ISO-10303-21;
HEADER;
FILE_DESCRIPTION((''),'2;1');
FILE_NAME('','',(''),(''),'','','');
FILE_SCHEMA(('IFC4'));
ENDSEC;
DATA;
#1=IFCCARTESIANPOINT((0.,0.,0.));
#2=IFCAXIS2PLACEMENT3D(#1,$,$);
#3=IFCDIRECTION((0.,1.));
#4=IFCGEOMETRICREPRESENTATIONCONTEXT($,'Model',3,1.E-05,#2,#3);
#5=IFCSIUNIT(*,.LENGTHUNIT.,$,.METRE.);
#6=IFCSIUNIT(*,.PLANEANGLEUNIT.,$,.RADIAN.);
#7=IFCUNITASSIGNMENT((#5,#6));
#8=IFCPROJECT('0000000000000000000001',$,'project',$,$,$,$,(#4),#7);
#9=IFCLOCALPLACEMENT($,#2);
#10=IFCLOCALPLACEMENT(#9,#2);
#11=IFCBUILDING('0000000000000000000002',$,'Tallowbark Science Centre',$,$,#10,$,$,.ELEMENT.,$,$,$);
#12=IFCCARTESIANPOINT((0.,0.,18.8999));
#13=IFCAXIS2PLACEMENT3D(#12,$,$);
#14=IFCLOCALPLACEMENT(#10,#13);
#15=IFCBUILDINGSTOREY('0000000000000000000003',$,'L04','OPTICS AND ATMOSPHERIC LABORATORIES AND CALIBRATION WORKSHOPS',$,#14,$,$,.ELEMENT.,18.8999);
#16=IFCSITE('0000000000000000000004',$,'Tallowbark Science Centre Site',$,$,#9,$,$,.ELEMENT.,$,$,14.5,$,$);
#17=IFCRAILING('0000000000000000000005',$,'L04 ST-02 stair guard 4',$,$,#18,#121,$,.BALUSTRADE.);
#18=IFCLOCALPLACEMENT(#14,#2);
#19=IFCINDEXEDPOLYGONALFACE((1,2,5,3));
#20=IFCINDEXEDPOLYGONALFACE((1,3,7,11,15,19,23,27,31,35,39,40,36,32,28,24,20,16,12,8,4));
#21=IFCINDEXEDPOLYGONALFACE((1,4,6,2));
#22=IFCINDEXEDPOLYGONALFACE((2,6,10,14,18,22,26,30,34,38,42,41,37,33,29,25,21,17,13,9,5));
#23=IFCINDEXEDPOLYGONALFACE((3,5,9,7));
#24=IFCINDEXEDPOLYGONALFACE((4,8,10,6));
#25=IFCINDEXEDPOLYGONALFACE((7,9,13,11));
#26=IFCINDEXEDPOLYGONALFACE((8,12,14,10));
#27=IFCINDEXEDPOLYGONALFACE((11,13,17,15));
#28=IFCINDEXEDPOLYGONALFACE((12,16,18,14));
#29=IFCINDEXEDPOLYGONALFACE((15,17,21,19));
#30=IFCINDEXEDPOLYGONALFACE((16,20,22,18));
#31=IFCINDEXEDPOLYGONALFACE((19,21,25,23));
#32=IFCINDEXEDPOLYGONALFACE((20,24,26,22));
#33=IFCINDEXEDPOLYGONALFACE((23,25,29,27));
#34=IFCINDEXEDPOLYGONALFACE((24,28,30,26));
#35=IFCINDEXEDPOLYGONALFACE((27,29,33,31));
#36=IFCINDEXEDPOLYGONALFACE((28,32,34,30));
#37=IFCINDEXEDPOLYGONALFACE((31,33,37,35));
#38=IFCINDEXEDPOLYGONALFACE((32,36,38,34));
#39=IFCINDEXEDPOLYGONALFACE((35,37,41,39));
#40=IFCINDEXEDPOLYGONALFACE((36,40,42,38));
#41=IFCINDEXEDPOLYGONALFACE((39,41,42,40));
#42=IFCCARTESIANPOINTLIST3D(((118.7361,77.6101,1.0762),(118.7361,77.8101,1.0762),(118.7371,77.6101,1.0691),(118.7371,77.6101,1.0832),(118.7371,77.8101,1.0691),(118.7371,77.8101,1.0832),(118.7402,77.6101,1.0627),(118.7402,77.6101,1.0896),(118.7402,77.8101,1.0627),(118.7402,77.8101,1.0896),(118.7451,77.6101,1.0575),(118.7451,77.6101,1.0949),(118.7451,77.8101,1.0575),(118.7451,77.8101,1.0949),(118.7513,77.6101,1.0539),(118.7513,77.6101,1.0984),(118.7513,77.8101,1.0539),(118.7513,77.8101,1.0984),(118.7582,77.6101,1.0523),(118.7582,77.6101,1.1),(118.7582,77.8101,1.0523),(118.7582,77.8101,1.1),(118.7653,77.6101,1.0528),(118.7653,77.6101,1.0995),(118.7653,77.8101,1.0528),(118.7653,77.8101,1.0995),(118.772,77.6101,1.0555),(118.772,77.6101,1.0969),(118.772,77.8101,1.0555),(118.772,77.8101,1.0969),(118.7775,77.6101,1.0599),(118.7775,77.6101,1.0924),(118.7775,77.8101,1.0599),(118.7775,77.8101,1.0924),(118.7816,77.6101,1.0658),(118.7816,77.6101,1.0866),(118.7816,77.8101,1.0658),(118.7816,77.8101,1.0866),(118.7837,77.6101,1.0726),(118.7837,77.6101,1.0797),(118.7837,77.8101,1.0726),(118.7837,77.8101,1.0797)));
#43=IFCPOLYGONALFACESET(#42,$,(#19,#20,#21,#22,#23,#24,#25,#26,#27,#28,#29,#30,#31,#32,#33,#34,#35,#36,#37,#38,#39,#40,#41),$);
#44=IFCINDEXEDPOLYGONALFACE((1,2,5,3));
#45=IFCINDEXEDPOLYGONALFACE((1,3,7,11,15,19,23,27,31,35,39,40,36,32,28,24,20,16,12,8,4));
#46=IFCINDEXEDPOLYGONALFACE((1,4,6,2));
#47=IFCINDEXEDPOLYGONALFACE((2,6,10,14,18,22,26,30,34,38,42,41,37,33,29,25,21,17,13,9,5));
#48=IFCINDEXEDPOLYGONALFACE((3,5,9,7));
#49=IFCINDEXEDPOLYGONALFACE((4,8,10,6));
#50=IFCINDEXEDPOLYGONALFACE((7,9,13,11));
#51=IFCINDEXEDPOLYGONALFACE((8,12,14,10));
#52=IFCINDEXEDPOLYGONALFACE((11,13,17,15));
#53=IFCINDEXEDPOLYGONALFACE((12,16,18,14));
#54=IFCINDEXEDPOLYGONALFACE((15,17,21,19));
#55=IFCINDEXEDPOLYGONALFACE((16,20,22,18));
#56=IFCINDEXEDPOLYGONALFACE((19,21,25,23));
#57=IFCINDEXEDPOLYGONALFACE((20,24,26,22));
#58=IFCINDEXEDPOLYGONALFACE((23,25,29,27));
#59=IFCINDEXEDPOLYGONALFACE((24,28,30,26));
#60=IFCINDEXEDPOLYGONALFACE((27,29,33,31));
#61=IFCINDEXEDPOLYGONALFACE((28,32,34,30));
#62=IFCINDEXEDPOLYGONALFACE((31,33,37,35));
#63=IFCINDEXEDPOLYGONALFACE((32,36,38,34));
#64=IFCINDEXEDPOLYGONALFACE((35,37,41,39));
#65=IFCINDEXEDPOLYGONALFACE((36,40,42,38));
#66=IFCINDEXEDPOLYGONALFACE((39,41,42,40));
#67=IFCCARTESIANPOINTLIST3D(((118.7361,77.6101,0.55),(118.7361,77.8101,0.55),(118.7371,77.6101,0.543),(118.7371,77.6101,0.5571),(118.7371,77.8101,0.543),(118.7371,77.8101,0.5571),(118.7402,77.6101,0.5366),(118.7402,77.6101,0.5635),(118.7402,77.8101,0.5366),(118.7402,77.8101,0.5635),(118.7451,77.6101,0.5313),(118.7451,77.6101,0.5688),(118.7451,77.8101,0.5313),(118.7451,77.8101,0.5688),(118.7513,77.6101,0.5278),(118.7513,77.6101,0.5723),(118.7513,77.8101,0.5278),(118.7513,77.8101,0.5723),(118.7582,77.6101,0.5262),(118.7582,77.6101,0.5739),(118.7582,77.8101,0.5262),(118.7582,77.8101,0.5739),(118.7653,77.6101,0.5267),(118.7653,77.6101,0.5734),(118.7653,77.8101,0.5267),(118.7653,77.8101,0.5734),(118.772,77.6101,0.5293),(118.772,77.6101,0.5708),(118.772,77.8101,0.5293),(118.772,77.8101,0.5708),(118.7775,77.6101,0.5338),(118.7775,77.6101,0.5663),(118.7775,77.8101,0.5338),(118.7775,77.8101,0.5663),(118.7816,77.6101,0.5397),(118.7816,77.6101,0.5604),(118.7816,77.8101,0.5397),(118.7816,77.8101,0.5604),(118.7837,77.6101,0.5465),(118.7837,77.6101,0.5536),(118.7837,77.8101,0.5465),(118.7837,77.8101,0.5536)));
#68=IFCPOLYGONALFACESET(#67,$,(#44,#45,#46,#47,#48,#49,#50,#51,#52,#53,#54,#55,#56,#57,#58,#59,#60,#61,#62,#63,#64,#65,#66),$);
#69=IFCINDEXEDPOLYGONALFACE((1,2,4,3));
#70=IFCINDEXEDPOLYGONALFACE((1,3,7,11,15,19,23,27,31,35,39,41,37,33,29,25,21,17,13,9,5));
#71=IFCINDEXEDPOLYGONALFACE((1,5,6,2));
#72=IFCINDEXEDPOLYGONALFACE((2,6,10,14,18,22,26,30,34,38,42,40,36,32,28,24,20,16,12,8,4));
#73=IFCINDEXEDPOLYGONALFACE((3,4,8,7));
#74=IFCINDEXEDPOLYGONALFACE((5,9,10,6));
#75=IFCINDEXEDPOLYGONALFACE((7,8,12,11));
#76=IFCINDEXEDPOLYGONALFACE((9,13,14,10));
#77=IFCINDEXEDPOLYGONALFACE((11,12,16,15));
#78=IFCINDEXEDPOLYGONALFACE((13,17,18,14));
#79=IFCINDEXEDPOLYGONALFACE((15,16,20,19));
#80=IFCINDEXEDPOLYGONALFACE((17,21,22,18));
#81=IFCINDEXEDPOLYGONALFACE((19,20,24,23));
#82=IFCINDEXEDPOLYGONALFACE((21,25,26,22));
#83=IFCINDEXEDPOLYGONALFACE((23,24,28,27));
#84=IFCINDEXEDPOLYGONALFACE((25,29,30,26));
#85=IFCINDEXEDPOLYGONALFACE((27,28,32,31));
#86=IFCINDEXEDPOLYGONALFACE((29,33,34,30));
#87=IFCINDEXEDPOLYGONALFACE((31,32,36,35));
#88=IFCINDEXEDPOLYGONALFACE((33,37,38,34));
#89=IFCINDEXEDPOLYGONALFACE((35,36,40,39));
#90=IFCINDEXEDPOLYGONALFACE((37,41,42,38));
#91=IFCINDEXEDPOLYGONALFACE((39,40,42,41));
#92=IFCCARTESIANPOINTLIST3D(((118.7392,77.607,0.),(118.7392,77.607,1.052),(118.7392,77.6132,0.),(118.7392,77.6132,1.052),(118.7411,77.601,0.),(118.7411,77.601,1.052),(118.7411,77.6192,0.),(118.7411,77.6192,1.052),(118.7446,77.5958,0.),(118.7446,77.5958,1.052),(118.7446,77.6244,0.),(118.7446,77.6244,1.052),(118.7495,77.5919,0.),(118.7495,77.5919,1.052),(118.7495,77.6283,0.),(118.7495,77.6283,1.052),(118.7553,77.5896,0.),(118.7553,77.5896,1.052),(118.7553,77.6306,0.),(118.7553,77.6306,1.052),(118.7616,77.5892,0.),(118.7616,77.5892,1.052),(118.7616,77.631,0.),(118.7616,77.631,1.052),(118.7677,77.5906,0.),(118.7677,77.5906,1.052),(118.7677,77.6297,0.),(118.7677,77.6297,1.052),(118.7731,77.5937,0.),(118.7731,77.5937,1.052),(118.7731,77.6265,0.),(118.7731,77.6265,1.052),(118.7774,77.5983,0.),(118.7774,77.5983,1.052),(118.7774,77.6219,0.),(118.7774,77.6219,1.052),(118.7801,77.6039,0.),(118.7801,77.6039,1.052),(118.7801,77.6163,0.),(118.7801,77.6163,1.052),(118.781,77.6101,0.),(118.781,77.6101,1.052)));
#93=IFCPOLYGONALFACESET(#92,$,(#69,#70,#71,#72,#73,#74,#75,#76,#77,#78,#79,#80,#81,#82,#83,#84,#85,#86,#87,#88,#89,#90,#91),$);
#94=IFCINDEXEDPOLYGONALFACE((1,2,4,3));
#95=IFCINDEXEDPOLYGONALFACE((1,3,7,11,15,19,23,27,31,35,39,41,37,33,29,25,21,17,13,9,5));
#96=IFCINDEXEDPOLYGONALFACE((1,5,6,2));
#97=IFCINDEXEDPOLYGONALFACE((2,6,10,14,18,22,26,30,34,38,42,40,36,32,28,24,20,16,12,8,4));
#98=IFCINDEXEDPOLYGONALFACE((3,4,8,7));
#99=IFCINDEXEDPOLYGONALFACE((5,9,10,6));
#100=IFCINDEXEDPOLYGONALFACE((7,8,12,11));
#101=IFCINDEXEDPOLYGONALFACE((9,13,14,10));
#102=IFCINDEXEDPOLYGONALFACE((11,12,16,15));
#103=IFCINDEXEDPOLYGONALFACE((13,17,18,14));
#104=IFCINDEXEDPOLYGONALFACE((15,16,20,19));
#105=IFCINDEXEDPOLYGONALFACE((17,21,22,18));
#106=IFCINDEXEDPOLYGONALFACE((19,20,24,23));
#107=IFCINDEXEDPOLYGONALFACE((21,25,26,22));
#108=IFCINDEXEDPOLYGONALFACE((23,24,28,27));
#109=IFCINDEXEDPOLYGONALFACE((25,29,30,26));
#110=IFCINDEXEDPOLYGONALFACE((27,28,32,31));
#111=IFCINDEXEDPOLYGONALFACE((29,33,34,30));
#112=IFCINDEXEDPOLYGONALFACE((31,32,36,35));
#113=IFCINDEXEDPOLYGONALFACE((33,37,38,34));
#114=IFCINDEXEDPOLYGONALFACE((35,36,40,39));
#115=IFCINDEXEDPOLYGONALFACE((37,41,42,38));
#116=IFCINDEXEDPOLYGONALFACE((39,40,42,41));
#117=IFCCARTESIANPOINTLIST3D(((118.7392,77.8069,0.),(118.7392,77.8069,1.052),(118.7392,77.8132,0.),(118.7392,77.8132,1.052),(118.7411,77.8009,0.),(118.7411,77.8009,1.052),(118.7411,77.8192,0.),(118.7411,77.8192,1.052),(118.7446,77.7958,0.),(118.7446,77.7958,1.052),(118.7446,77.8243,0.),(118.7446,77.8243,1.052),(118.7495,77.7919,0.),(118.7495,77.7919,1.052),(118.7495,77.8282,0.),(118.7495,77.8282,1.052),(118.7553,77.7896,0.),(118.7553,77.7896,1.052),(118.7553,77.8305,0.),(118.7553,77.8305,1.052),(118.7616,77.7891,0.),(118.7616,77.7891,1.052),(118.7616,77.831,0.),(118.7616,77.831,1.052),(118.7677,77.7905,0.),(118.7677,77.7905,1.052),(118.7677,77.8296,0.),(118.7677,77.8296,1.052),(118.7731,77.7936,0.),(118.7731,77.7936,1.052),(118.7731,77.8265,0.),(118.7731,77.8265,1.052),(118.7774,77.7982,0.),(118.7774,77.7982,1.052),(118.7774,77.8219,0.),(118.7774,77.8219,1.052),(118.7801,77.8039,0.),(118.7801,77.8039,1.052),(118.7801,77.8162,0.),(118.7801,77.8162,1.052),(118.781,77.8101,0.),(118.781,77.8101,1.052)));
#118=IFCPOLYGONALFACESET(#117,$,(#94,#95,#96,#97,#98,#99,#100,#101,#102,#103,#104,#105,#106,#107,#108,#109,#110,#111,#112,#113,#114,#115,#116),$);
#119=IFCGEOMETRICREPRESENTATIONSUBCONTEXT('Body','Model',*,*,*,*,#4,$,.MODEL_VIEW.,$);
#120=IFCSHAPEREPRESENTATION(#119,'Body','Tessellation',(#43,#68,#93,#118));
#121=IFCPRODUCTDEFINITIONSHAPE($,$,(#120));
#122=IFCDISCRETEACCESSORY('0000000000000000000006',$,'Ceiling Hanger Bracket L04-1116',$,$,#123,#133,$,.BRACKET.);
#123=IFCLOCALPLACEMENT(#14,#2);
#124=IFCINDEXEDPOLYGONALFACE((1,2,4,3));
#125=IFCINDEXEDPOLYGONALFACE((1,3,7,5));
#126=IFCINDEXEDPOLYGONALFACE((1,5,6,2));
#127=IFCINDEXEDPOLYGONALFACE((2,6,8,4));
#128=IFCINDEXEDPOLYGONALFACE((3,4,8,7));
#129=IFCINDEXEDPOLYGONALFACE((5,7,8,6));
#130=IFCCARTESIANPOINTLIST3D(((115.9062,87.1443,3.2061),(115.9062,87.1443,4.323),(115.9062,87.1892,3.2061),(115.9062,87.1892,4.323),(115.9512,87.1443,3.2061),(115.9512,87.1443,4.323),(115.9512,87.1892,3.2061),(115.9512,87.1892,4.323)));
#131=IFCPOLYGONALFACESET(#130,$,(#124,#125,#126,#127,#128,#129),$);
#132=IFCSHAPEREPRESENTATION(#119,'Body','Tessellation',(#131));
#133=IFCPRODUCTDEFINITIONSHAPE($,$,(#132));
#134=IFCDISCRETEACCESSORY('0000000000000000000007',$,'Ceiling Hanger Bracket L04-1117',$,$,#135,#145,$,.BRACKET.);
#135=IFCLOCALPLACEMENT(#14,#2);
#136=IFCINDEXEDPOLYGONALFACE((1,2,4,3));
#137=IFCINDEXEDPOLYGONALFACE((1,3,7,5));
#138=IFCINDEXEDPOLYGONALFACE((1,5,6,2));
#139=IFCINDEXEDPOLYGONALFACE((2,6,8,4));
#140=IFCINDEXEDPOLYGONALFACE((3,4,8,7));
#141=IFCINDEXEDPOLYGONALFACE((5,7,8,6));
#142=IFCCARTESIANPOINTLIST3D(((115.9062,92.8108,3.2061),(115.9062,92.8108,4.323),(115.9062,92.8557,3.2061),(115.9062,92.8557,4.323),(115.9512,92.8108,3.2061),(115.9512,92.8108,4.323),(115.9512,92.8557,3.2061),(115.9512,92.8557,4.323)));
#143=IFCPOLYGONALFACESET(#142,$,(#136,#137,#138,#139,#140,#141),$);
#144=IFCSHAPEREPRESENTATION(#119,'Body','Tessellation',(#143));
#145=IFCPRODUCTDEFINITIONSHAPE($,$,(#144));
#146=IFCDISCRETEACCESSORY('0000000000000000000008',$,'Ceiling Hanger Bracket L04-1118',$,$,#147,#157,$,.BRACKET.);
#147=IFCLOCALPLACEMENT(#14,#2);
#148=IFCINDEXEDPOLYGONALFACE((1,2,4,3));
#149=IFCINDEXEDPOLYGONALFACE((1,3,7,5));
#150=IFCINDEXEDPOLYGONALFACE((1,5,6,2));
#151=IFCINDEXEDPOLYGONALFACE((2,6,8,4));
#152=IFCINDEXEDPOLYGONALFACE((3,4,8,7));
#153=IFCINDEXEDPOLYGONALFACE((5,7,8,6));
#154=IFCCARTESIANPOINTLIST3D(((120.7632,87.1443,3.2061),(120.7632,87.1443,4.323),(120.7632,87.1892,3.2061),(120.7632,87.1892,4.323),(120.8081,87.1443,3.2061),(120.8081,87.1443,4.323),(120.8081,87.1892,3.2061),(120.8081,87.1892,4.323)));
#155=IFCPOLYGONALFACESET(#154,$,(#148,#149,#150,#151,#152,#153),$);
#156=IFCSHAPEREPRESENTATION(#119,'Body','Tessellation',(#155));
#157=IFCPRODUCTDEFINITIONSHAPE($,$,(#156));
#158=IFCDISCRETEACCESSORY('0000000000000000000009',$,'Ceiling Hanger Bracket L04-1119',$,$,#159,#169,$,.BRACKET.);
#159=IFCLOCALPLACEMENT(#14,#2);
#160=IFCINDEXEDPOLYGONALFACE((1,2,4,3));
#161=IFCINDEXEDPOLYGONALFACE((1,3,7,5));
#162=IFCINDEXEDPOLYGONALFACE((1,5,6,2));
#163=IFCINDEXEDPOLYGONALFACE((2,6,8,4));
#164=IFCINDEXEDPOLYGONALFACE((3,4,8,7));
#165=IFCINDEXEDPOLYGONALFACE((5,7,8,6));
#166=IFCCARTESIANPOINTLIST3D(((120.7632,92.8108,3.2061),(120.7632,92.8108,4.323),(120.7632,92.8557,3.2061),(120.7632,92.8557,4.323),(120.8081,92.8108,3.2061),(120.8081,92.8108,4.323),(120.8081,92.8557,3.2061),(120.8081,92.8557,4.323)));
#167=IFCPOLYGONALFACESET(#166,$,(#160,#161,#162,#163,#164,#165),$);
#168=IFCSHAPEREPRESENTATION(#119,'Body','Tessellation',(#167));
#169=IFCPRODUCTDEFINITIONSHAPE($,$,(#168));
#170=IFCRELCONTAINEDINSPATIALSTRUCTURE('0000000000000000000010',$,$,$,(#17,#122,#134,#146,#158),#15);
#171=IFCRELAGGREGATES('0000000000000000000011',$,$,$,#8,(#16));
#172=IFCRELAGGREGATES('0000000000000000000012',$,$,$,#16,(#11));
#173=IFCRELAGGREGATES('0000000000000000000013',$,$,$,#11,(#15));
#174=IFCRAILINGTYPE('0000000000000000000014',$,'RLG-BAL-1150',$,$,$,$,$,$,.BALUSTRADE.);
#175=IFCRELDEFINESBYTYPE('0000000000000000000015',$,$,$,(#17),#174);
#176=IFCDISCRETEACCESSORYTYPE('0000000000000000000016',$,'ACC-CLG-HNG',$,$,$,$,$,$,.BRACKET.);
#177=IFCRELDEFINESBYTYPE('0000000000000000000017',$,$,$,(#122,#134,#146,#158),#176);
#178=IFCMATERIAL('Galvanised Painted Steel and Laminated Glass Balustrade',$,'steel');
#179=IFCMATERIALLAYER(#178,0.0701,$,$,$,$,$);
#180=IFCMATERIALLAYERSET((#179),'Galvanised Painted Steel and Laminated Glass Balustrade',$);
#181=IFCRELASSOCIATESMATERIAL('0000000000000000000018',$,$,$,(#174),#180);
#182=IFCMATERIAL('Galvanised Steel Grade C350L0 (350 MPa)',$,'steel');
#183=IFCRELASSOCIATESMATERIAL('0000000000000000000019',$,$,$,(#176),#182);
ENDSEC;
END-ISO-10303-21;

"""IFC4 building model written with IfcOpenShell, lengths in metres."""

from ifc_helpers import new_model, si_unit, direction, frame, origin, origin_2d, place, context, subcontext, project, spatial, rectangle, circle, extrude, material, layer, layer_set, type_object, element, save


model = new_model("IFC4")

# Units and contexts
model_context = context("Model", 3, precision=1e-05, world=origin(), true_north=direction((0.0, 1.0)))
body_context = subcontext(model_context, "Body", "Model", "MODEL_VIEW")
ifc_project = project(units=[si_unit("LENGTHUNIT", "METRE"), si_unit("PLANEANGLEUNIT", "RADIAN")], contexts=[model_context])

# Site, building, storey
site_placement = place(None, origin())
site = spatial("IfcSite", under=ifc_project, at=site_placement, Name="Tallowbark Science Centre Site", CompositionType="ELEMENT", RefElevation=14.5)
building_placement = place(site_placement, origin())
building = spatial("IfcBuilding", under=site, at=building_placement, Name="Tallowbark Science Centre", CompositionType="ELEMENT")
storey_placement = place(building_placement, frame((0.0, 0.0, 18.8999)))
storey = spatial("IfcBuildingStorey", under=building, at=storey_placement, Name="L04", Description="OPTICS AND ATMOSPHERIC LABORATORIES AND CALIBRATION WORKSHOPS", CompositionType="ELEMENT", Elevation=18.8999)

# Railing
ifc_material_1 = material(Name="Galvanised Painted Steel and Laminated Glass Balustrade", Category="steel")
ifc_layer_1 = layer(ifc_material_1, 0.0701)
ifc_layer_set_1 = layer_set([ifc_layer_1], Name="Galvanised Painted Steel and Laminated Glass Balustrade")
railing_type = type_object("IfcRailingType", Name="RLG-BAL-1150", PredefinedType="BALUSTRADE", material=ifc_layer_set_1)
railing_1_placement = place(storey_placement, frame((118.76, 77.6101, 0.0)))
element("IfcRailing", 1, at=railing_1_placement, inside=storey, type_object=railing_type, Name="L04 ST-02 stair guard 4", PredefinedType="BALUSTRADE", context=body_context, shape_type="SweptSolid", body=[
    extrude(circle(Radius=0.0239, at=origin_2d()), frame((0.0, 0.0, 1.0762), z_axis=(0.0, 1.0, 0.0), x_axis=(-1.0, 0.0, 0.0)), (0.0, 0.0, 1.0), 0.2),
    extrude(circle(Radius=0.0239, at=origin_2d()), frame((0.0, 0.0, 0.55), z_axis=(0.0, 1.0, 0.0), x_axis=(-1.0, 0.0, 0.0)), (0.0, 0.0, 1.0), 0.2),
    extrude(circle(Radius=0.021, at=origin_2d()), origin(), (0.0, 0.0, 1.0), 1.052),
    extrude(circle(Radius=0.021, at=origin_2d()), frame((0.0, 0.2, 0.0)), (0.0, 0.0, 1.0), 1.052),
])

# Discrete accessories
ifc_material_2 = material(Name="Galvanised Steel Grade C350L0 (350 MPa)", Category="steel")
discrete_accessory_type = type_object("IfcDiscreteAccessoryType", Name="ACC-CLG-HNG", PredefinedType="BRACKET", material=ifc_material_2)
for number, where, z_axis, x_axis, name in (
    (2, (115.9287, 87.1667, 3.2061), (0.0, 0.0, 1.0), (1.0, 0.0, 0.0), "Ceiling Hanger Bracket L04-1116"),
    (3, (115.9287, 92.8333, 3.2061), (0.0, 0.0, 1.0), (1.0, 0.0, 0.0), "Ceiling Hanger Bracket L04-1117"),
    (4, (120.7856, 87.1667, 3.2061), (0.0, 0.0, 1.0), (1.0, 0.0, 0.0), "Ceiling Hanger Bracket L04-1118"),
    (5, (120.7856, 92.8333, 3.2061), (0.0, 0.0, 1.0), (1.0, 0.0, 0.0), "Ceiling Hanger Bracket L04-1119"),
):
    element("IfcDiscreteAccessory", number, at=place(storey_placement, frame(where, z_axis=z_axis, x_axis=x_axis)), inside=storey, type_object=discrete_accessory_type, Name=name, PredefinedType="BRACKET", context=body_context, shape_type="SweptSolid", body=[
        extrude(rectangle(XDim=0.0449, YDim=0.0449, at=origin_2d()), origin(), (0.0, 0.0, 1.0), 1.1169),
    ])

save(model, "model.ifc")
